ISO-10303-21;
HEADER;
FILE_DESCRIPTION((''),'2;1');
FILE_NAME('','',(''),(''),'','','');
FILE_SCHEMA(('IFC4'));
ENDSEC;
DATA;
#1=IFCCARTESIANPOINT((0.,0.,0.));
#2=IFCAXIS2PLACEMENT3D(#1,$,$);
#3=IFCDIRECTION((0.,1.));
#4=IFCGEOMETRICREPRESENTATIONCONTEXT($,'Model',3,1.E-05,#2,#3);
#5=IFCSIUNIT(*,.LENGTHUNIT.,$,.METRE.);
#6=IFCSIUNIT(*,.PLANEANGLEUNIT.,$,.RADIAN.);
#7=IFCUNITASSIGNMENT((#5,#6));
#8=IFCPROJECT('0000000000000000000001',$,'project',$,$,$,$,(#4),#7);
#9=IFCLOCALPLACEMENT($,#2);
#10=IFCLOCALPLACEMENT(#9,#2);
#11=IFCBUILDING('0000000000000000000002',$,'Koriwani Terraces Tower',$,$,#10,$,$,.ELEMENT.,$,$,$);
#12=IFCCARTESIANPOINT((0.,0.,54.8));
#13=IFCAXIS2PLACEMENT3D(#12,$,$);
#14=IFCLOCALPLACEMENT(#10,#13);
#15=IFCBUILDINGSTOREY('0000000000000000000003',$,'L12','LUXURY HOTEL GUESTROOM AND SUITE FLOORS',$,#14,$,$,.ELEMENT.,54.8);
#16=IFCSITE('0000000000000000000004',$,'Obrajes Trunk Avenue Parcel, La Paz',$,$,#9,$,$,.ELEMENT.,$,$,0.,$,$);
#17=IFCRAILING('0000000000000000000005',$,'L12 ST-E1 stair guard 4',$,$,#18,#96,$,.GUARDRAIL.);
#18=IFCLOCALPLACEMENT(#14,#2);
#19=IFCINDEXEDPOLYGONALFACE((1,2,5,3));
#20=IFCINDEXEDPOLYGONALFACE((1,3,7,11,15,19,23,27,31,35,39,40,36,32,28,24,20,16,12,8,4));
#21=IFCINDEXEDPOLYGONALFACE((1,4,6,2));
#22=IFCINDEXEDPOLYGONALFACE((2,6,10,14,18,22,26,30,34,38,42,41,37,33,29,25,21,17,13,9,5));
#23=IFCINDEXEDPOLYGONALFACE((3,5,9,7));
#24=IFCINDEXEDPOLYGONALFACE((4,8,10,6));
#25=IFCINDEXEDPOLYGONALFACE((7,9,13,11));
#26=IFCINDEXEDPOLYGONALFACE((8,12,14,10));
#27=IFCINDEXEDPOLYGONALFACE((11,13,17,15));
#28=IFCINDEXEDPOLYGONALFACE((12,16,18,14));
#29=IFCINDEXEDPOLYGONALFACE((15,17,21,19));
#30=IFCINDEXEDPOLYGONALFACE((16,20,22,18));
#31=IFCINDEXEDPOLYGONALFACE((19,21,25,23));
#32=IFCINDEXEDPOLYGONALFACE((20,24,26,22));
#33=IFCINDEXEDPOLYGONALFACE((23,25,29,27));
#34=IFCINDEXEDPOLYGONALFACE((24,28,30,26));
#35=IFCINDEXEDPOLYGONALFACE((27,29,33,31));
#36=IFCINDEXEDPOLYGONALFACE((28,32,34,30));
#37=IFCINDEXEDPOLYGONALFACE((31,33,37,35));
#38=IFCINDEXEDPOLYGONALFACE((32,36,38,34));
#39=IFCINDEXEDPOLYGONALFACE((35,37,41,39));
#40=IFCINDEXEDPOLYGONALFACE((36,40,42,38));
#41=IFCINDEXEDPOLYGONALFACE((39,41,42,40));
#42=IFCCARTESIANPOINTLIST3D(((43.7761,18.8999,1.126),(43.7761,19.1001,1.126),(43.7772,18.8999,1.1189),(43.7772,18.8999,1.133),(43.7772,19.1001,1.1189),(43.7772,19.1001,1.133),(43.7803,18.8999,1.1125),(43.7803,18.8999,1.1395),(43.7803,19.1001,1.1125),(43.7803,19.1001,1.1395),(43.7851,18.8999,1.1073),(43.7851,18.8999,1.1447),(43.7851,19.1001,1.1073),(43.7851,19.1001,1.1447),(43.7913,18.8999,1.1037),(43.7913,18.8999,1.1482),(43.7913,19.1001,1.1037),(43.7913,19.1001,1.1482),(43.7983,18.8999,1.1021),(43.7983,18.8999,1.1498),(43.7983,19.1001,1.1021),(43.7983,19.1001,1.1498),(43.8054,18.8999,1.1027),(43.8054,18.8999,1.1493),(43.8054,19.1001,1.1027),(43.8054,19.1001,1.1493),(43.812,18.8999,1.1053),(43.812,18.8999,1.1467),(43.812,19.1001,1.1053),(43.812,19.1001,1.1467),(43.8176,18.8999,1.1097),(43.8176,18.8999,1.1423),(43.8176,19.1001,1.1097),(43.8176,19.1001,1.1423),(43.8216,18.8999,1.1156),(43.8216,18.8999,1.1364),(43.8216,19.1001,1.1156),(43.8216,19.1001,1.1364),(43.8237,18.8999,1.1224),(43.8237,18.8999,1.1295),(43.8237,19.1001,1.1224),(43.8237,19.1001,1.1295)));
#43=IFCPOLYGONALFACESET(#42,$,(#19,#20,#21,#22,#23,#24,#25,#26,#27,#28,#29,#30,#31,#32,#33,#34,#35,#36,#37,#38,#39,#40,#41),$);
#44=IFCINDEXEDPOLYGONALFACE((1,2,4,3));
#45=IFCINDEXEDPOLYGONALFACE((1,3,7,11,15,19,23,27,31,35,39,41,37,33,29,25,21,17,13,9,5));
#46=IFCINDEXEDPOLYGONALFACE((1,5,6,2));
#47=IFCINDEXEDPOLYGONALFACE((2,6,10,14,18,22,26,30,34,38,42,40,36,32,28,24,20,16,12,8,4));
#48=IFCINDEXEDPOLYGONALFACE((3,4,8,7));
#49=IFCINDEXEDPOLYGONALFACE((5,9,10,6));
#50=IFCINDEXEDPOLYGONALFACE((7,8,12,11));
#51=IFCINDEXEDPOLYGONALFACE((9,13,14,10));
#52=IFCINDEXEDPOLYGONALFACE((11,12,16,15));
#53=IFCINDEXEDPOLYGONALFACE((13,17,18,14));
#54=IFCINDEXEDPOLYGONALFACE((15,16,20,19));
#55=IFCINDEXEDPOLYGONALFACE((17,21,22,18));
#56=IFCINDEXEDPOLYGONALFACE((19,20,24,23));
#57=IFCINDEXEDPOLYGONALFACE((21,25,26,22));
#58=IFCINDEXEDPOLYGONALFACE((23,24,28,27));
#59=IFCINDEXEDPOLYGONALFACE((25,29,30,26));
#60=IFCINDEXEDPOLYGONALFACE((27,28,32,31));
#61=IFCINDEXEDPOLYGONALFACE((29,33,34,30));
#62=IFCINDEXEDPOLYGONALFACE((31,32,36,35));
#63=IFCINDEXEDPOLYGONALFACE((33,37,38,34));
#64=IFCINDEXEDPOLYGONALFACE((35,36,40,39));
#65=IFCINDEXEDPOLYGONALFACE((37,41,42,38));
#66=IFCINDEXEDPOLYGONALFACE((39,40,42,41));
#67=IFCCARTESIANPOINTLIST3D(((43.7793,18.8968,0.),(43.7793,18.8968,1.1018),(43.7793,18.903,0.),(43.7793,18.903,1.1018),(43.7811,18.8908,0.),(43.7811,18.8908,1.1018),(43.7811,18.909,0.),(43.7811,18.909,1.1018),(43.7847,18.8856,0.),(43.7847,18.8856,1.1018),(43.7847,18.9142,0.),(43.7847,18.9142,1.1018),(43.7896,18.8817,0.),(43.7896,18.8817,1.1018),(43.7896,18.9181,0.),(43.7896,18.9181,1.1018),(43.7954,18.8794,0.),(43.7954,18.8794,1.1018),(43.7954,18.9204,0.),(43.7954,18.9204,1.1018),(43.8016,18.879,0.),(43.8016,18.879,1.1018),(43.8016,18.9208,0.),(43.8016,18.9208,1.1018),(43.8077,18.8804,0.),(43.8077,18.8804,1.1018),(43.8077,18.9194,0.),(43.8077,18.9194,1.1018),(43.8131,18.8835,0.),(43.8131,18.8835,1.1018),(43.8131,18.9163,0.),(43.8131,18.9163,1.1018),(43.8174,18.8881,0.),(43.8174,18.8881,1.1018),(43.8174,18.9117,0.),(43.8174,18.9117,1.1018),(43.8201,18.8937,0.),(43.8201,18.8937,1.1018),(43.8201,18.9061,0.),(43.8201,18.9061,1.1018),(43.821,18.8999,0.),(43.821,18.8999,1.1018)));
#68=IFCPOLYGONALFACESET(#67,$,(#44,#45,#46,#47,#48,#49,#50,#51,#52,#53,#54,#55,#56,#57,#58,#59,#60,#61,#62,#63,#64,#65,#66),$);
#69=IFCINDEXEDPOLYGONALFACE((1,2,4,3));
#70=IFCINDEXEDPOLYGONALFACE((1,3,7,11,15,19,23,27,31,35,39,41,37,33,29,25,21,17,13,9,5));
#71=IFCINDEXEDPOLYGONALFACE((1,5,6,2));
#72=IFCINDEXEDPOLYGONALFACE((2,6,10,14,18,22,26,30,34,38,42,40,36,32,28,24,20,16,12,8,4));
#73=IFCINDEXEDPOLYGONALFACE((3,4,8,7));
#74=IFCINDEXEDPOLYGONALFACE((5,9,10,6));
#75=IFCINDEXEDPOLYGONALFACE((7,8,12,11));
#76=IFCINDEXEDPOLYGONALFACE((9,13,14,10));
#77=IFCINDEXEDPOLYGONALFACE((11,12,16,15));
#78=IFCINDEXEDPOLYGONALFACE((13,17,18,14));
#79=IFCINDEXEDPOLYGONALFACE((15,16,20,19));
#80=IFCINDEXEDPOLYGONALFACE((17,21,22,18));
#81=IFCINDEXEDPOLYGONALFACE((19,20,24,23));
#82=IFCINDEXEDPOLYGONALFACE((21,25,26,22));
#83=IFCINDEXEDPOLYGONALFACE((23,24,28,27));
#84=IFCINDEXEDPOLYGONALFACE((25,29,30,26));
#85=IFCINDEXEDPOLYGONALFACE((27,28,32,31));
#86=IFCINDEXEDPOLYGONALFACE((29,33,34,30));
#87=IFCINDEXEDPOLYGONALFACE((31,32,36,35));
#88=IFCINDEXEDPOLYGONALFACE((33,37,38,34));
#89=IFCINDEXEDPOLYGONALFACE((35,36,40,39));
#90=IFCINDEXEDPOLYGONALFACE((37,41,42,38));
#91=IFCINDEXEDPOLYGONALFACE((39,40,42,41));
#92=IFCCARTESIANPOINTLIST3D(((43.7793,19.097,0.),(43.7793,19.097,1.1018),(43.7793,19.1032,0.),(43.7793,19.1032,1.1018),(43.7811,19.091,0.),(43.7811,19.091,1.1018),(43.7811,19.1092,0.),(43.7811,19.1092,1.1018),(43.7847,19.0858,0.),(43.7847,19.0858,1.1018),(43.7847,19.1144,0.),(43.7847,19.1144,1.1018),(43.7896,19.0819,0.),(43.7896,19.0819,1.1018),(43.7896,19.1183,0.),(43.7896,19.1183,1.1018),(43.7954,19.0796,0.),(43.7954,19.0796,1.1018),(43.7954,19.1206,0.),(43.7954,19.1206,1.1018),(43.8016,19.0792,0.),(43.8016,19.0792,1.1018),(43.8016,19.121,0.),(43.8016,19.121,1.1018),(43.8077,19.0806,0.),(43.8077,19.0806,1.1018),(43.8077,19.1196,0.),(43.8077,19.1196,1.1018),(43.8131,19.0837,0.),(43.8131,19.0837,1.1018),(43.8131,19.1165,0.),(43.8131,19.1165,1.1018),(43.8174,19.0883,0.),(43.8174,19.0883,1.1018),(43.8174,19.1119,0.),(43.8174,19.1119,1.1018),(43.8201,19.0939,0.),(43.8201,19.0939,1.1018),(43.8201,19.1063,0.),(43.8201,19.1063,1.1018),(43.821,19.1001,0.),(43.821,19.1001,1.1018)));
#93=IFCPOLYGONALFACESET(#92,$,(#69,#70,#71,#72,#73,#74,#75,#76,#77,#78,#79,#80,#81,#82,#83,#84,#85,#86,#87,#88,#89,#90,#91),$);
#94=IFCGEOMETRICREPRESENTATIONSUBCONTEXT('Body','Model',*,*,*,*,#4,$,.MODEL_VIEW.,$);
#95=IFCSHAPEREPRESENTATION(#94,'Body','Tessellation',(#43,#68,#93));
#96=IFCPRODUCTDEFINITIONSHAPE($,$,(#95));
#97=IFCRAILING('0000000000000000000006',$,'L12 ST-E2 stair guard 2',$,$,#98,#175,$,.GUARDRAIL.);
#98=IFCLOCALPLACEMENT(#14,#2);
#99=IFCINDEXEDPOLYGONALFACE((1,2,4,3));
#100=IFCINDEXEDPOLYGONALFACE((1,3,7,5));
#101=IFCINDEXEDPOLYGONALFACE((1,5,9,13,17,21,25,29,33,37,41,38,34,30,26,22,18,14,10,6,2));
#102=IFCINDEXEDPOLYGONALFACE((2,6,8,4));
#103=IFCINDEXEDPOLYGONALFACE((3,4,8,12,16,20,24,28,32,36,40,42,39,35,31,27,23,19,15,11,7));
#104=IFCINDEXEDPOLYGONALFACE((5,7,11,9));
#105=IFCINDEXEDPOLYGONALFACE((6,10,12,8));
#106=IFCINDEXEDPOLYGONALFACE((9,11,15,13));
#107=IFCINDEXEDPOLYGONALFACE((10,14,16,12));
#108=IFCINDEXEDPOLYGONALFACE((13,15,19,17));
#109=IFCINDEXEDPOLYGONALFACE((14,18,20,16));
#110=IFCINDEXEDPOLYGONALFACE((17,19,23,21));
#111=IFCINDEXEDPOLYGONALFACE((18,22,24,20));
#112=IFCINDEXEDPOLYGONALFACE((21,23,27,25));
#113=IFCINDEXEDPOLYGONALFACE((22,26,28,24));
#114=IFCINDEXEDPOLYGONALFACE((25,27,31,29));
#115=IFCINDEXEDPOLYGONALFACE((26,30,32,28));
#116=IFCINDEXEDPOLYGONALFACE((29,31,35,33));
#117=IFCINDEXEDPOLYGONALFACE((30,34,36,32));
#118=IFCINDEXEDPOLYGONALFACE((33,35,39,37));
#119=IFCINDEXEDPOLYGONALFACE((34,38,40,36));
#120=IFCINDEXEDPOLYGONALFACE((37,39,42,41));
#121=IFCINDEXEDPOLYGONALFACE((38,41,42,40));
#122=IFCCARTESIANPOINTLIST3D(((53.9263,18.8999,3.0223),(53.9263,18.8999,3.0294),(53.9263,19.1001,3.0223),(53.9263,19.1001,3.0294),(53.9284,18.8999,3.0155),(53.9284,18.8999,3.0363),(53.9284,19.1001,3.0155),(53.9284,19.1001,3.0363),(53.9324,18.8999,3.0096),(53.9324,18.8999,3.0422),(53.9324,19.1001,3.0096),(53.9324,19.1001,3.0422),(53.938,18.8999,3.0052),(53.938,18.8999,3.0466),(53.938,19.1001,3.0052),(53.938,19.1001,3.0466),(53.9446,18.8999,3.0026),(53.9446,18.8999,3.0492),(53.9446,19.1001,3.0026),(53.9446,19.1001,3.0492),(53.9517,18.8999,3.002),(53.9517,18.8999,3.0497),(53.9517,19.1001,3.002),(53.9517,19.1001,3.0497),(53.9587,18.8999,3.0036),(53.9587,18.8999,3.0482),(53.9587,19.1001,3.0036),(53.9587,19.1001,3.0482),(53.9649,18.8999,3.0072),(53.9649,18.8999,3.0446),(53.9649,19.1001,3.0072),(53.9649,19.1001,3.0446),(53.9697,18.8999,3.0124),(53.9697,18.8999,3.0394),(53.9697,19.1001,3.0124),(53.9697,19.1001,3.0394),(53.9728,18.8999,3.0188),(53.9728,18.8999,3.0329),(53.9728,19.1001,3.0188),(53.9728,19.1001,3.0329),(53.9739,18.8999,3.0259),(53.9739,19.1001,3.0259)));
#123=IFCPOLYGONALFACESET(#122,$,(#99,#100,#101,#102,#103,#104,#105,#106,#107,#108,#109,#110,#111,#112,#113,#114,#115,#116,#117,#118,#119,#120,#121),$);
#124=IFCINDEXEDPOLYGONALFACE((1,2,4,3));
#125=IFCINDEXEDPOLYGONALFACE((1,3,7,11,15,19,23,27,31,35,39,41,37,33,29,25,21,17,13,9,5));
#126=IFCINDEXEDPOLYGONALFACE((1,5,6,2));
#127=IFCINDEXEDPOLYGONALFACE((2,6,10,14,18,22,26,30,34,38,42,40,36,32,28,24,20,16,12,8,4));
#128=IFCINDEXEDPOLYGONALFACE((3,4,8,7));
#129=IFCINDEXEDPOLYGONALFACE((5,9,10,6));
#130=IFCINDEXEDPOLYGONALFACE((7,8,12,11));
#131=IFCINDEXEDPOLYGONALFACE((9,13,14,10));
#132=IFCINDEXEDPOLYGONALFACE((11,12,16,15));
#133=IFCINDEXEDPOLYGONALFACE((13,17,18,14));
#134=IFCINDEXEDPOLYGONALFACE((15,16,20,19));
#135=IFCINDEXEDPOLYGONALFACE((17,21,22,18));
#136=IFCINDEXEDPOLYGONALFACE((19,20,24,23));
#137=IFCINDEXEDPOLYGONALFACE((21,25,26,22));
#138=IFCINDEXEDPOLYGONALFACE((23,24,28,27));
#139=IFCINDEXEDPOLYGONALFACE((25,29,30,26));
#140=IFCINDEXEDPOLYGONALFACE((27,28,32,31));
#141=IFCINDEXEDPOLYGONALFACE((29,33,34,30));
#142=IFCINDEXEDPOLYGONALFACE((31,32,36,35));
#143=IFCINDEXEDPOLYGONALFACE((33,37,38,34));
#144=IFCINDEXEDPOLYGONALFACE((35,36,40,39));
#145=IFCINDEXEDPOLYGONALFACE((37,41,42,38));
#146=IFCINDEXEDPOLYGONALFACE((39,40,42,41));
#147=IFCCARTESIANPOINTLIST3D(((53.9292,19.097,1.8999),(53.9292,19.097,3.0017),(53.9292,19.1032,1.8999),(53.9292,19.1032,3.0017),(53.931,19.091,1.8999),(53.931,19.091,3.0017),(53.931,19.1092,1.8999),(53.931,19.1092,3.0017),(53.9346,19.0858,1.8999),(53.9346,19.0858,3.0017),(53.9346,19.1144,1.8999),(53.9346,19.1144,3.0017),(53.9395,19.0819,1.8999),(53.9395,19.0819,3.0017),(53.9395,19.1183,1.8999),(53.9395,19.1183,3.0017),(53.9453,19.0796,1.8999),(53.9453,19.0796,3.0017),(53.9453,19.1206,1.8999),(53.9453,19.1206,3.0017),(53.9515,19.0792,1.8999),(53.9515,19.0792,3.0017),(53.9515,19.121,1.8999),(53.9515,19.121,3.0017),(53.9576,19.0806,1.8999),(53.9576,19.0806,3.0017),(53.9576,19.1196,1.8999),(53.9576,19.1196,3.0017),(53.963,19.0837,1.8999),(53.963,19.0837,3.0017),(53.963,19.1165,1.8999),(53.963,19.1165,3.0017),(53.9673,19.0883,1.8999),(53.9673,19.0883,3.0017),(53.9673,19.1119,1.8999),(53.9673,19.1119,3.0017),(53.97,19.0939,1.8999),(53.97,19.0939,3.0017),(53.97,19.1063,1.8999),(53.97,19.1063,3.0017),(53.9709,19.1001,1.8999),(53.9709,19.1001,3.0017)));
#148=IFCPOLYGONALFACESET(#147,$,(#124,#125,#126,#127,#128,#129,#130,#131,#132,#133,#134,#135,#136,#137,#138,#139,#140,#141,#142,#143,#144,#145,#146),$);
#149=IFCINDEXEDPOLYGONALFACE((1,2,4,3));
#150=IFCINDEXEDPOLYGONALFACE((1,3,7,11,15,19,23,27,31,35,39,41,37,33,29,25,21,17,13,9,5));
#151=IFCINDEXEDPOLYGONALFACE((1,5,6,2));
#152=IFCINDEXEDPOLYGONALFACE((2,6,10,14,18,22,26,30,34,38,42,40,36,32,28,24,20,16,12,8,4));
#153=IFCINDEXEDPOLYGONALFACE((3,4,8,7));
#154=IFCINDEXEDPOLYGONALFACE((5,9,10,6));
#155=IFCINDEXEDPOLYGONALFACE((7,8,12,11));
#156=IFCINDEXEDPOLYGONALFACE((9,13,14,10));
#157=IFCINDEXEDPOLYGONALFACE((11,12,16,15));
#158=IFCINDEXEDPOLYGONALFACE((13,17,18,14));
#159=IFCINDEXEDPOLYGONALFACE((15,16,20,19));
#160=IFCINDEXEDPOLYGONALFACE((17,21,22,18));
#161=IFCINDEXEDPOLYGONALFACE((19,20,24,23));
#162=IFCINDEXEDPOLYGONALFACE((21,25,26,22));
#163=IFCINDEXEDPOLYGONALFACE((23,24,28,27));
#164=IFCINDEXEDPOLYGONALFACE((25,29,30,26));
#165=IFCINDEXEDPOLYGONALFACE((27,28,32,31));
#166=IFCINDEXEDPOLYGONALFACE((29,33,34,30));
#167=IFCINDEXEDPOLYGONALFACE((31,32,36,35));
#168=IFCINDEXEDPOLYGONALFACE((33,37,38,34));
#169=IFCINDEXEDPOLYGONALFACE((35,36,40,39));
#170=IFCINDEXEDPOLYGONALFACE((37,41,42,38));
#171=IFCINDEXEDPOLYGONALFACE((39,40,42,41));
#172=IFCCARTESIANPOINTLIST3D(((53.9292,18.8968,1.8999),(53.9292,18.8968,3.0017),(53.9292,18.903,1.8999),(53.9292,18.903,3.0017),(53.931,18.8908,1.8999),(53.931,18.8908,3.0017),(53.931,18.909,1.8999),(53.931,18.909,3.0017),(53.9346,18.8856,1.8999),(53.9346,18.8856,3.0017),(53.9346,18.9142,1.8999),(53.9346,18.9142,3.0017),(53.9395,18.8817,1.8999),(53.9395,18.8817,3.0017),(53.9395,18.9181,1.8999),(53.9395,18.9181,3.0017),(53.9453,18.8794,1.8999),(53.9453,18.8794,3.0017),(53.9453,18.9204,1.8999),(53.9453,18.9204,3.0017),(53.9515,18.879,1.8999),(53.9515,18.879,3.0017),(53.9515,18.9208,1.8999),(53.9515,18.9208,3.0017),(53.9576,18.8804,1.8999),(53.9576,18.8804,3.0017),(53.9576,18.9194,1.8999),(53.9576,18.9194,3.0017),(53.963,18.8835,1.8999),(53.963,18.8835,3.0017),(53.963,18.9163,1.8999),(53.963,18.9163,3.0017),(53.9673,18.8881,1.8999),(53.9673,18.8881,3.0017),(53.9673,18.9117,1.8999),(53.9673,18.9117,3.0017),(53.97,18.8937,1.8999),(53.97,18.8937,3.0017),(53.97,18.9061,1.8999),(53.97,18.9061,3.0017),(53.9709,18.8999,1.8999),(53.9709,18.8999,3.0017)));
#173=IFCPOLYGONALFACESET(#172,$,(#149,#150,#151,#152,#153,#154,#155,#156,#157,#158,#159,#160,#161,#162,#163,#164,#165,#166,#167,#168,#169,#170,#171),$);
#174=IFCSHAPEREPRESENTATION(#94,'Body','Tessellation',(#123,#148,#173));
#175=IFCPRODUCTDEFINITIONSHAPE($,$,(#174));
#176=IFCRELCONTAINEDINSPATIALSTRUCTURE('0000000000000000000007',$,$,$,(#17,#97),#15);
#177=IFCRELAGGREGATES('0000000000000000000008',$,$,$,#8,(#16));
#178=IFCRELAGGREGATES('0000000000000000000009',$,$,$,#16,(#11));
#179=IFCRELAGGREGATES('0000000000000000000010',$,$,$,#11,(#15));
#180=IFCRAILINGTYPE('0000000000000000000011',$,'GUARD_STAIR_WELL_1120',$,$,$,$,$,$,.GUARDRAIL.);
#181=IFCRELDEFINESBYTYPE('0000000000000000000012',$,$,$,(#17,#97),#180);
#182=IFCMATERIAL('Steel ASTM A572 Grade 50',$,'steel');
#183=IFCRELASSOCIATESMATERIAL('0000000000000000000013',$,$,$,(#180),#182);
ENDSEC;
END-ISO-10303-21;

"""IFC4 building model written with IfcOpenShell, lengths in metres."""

from ifc_helpers import new_model, si_unit, direction, frame, origin, origin_2d, place, context, subcontext, project, spatial, circle, extrude, material, type_object, element, save


model = new_model("IFC4")

# Units and contexts
model_context = context("Model", 3, precision=1e-05, world=origin(), true_north=direction((0.0, 1.0)))
body_context = subcontext(model_context, "Body", "Model", "MODEL_VIEW")
ifc_project = project(units=[si_unit("LENGTHUNIT", "METRE"), si_unit("PLANEANGLEUNIT", "RADIAN")], contexts=[model_context])

# Site, building, storey
site_placement = place(None, origin())
site = spatial("IfcSite", under=ifc_project, at=site_placement, Name="Obrajes Trunk Avenue Parcel, La Paz", CompositionType="ELEMENT", RefElevation=0.0)
building_placement = place(site_placement, origin())
building = spatial("IfcBuilding", under=site, at=building_placement, Name="Koriwani Terraces Tower", CompositionType="ELEMENT")
storey_placement = place(building_placement, frame((0.0, 0.0, 54.8)))
storey = spatial("IfcBuildingStorey", under=building, at=storey_placement, Name="L12", Description="LUXURY HOTEL GUESTROOM AND SUITE FLOORS", CompositionType="ELEMENT", Elevation=54.8)

# Shared definitions
ifc_material_1 = material(Name="Steel ASTM A572 Grade 50", Category="steel")

# Railings
railing_type_1 = type_object("IfcRailingType", Name="GUARD_STAIR_WELL_1120", PredefinedType="GUARDRAIL", material=ifc_material_1)
railing_1_placement = place(storey_placement, frame((43.8, 18.8999, 0.0)))
element("IfcRailing", 1, at=railing_1_placement, inside=storey, type_object=railing_type_1, Name="L12 ST-E1 stair guard 4", PredefinedType="GUARDRAIL", context=body_context, shape_type="SweptSolid", body=[
    extrude(circle(Radius=0.0239, at=origin_2d()), frame((0.0, 0.0, 1.126), z_axis=(0.0, 1.0, 0.0), x_axis=(-1.0, 0.0, 0.0)), (0.0, 0.0, 1.0), 0.2002),
    extrude(circle(Radius=0.021, at=origin_2d()), origin(), (0.0, 0.0, 1.0), 1.1018),
    extrude(circle(Radius=0.021, at=origin_2d()), frame((0.0, 0.2002, 0.0)), (0.0, 0.0, 1.0), 1.1018),
])
railing_2_placement = place(storey_placement, frame((53.95, 19.1001, 1.8999)))
element("IfcRailing", 2, at=railing_2_placement, inside=storey, type_object=railing_type_1, Name="L12 ST-E2 stair guard 2", PredefinedType="GUARDRAIL", context=body_context, shape_type="SweptSolid", body=[
    extrude(circle(Radius=0.0239, at=origin_2d()), frame((0.0, 0.0, 1.126), z_axis=(0.0, -1.0, 0.0), x_axis=(1.0, 0.0, 0.0)), (0.0, 0.0, 1.0), 0.2002),
    extrude(circle(Radius=0.021, at=origin_2d()), origin(), (0.0, 0.0, 1.0), 1.1018),
    extrude(circle(Radius=0.021, at=origin_2d()), frame((0.0, -0.2002, 0.0)), (0.0, 0.0, 1.0), 1.1018),
])

save(model, "model.ifc")
